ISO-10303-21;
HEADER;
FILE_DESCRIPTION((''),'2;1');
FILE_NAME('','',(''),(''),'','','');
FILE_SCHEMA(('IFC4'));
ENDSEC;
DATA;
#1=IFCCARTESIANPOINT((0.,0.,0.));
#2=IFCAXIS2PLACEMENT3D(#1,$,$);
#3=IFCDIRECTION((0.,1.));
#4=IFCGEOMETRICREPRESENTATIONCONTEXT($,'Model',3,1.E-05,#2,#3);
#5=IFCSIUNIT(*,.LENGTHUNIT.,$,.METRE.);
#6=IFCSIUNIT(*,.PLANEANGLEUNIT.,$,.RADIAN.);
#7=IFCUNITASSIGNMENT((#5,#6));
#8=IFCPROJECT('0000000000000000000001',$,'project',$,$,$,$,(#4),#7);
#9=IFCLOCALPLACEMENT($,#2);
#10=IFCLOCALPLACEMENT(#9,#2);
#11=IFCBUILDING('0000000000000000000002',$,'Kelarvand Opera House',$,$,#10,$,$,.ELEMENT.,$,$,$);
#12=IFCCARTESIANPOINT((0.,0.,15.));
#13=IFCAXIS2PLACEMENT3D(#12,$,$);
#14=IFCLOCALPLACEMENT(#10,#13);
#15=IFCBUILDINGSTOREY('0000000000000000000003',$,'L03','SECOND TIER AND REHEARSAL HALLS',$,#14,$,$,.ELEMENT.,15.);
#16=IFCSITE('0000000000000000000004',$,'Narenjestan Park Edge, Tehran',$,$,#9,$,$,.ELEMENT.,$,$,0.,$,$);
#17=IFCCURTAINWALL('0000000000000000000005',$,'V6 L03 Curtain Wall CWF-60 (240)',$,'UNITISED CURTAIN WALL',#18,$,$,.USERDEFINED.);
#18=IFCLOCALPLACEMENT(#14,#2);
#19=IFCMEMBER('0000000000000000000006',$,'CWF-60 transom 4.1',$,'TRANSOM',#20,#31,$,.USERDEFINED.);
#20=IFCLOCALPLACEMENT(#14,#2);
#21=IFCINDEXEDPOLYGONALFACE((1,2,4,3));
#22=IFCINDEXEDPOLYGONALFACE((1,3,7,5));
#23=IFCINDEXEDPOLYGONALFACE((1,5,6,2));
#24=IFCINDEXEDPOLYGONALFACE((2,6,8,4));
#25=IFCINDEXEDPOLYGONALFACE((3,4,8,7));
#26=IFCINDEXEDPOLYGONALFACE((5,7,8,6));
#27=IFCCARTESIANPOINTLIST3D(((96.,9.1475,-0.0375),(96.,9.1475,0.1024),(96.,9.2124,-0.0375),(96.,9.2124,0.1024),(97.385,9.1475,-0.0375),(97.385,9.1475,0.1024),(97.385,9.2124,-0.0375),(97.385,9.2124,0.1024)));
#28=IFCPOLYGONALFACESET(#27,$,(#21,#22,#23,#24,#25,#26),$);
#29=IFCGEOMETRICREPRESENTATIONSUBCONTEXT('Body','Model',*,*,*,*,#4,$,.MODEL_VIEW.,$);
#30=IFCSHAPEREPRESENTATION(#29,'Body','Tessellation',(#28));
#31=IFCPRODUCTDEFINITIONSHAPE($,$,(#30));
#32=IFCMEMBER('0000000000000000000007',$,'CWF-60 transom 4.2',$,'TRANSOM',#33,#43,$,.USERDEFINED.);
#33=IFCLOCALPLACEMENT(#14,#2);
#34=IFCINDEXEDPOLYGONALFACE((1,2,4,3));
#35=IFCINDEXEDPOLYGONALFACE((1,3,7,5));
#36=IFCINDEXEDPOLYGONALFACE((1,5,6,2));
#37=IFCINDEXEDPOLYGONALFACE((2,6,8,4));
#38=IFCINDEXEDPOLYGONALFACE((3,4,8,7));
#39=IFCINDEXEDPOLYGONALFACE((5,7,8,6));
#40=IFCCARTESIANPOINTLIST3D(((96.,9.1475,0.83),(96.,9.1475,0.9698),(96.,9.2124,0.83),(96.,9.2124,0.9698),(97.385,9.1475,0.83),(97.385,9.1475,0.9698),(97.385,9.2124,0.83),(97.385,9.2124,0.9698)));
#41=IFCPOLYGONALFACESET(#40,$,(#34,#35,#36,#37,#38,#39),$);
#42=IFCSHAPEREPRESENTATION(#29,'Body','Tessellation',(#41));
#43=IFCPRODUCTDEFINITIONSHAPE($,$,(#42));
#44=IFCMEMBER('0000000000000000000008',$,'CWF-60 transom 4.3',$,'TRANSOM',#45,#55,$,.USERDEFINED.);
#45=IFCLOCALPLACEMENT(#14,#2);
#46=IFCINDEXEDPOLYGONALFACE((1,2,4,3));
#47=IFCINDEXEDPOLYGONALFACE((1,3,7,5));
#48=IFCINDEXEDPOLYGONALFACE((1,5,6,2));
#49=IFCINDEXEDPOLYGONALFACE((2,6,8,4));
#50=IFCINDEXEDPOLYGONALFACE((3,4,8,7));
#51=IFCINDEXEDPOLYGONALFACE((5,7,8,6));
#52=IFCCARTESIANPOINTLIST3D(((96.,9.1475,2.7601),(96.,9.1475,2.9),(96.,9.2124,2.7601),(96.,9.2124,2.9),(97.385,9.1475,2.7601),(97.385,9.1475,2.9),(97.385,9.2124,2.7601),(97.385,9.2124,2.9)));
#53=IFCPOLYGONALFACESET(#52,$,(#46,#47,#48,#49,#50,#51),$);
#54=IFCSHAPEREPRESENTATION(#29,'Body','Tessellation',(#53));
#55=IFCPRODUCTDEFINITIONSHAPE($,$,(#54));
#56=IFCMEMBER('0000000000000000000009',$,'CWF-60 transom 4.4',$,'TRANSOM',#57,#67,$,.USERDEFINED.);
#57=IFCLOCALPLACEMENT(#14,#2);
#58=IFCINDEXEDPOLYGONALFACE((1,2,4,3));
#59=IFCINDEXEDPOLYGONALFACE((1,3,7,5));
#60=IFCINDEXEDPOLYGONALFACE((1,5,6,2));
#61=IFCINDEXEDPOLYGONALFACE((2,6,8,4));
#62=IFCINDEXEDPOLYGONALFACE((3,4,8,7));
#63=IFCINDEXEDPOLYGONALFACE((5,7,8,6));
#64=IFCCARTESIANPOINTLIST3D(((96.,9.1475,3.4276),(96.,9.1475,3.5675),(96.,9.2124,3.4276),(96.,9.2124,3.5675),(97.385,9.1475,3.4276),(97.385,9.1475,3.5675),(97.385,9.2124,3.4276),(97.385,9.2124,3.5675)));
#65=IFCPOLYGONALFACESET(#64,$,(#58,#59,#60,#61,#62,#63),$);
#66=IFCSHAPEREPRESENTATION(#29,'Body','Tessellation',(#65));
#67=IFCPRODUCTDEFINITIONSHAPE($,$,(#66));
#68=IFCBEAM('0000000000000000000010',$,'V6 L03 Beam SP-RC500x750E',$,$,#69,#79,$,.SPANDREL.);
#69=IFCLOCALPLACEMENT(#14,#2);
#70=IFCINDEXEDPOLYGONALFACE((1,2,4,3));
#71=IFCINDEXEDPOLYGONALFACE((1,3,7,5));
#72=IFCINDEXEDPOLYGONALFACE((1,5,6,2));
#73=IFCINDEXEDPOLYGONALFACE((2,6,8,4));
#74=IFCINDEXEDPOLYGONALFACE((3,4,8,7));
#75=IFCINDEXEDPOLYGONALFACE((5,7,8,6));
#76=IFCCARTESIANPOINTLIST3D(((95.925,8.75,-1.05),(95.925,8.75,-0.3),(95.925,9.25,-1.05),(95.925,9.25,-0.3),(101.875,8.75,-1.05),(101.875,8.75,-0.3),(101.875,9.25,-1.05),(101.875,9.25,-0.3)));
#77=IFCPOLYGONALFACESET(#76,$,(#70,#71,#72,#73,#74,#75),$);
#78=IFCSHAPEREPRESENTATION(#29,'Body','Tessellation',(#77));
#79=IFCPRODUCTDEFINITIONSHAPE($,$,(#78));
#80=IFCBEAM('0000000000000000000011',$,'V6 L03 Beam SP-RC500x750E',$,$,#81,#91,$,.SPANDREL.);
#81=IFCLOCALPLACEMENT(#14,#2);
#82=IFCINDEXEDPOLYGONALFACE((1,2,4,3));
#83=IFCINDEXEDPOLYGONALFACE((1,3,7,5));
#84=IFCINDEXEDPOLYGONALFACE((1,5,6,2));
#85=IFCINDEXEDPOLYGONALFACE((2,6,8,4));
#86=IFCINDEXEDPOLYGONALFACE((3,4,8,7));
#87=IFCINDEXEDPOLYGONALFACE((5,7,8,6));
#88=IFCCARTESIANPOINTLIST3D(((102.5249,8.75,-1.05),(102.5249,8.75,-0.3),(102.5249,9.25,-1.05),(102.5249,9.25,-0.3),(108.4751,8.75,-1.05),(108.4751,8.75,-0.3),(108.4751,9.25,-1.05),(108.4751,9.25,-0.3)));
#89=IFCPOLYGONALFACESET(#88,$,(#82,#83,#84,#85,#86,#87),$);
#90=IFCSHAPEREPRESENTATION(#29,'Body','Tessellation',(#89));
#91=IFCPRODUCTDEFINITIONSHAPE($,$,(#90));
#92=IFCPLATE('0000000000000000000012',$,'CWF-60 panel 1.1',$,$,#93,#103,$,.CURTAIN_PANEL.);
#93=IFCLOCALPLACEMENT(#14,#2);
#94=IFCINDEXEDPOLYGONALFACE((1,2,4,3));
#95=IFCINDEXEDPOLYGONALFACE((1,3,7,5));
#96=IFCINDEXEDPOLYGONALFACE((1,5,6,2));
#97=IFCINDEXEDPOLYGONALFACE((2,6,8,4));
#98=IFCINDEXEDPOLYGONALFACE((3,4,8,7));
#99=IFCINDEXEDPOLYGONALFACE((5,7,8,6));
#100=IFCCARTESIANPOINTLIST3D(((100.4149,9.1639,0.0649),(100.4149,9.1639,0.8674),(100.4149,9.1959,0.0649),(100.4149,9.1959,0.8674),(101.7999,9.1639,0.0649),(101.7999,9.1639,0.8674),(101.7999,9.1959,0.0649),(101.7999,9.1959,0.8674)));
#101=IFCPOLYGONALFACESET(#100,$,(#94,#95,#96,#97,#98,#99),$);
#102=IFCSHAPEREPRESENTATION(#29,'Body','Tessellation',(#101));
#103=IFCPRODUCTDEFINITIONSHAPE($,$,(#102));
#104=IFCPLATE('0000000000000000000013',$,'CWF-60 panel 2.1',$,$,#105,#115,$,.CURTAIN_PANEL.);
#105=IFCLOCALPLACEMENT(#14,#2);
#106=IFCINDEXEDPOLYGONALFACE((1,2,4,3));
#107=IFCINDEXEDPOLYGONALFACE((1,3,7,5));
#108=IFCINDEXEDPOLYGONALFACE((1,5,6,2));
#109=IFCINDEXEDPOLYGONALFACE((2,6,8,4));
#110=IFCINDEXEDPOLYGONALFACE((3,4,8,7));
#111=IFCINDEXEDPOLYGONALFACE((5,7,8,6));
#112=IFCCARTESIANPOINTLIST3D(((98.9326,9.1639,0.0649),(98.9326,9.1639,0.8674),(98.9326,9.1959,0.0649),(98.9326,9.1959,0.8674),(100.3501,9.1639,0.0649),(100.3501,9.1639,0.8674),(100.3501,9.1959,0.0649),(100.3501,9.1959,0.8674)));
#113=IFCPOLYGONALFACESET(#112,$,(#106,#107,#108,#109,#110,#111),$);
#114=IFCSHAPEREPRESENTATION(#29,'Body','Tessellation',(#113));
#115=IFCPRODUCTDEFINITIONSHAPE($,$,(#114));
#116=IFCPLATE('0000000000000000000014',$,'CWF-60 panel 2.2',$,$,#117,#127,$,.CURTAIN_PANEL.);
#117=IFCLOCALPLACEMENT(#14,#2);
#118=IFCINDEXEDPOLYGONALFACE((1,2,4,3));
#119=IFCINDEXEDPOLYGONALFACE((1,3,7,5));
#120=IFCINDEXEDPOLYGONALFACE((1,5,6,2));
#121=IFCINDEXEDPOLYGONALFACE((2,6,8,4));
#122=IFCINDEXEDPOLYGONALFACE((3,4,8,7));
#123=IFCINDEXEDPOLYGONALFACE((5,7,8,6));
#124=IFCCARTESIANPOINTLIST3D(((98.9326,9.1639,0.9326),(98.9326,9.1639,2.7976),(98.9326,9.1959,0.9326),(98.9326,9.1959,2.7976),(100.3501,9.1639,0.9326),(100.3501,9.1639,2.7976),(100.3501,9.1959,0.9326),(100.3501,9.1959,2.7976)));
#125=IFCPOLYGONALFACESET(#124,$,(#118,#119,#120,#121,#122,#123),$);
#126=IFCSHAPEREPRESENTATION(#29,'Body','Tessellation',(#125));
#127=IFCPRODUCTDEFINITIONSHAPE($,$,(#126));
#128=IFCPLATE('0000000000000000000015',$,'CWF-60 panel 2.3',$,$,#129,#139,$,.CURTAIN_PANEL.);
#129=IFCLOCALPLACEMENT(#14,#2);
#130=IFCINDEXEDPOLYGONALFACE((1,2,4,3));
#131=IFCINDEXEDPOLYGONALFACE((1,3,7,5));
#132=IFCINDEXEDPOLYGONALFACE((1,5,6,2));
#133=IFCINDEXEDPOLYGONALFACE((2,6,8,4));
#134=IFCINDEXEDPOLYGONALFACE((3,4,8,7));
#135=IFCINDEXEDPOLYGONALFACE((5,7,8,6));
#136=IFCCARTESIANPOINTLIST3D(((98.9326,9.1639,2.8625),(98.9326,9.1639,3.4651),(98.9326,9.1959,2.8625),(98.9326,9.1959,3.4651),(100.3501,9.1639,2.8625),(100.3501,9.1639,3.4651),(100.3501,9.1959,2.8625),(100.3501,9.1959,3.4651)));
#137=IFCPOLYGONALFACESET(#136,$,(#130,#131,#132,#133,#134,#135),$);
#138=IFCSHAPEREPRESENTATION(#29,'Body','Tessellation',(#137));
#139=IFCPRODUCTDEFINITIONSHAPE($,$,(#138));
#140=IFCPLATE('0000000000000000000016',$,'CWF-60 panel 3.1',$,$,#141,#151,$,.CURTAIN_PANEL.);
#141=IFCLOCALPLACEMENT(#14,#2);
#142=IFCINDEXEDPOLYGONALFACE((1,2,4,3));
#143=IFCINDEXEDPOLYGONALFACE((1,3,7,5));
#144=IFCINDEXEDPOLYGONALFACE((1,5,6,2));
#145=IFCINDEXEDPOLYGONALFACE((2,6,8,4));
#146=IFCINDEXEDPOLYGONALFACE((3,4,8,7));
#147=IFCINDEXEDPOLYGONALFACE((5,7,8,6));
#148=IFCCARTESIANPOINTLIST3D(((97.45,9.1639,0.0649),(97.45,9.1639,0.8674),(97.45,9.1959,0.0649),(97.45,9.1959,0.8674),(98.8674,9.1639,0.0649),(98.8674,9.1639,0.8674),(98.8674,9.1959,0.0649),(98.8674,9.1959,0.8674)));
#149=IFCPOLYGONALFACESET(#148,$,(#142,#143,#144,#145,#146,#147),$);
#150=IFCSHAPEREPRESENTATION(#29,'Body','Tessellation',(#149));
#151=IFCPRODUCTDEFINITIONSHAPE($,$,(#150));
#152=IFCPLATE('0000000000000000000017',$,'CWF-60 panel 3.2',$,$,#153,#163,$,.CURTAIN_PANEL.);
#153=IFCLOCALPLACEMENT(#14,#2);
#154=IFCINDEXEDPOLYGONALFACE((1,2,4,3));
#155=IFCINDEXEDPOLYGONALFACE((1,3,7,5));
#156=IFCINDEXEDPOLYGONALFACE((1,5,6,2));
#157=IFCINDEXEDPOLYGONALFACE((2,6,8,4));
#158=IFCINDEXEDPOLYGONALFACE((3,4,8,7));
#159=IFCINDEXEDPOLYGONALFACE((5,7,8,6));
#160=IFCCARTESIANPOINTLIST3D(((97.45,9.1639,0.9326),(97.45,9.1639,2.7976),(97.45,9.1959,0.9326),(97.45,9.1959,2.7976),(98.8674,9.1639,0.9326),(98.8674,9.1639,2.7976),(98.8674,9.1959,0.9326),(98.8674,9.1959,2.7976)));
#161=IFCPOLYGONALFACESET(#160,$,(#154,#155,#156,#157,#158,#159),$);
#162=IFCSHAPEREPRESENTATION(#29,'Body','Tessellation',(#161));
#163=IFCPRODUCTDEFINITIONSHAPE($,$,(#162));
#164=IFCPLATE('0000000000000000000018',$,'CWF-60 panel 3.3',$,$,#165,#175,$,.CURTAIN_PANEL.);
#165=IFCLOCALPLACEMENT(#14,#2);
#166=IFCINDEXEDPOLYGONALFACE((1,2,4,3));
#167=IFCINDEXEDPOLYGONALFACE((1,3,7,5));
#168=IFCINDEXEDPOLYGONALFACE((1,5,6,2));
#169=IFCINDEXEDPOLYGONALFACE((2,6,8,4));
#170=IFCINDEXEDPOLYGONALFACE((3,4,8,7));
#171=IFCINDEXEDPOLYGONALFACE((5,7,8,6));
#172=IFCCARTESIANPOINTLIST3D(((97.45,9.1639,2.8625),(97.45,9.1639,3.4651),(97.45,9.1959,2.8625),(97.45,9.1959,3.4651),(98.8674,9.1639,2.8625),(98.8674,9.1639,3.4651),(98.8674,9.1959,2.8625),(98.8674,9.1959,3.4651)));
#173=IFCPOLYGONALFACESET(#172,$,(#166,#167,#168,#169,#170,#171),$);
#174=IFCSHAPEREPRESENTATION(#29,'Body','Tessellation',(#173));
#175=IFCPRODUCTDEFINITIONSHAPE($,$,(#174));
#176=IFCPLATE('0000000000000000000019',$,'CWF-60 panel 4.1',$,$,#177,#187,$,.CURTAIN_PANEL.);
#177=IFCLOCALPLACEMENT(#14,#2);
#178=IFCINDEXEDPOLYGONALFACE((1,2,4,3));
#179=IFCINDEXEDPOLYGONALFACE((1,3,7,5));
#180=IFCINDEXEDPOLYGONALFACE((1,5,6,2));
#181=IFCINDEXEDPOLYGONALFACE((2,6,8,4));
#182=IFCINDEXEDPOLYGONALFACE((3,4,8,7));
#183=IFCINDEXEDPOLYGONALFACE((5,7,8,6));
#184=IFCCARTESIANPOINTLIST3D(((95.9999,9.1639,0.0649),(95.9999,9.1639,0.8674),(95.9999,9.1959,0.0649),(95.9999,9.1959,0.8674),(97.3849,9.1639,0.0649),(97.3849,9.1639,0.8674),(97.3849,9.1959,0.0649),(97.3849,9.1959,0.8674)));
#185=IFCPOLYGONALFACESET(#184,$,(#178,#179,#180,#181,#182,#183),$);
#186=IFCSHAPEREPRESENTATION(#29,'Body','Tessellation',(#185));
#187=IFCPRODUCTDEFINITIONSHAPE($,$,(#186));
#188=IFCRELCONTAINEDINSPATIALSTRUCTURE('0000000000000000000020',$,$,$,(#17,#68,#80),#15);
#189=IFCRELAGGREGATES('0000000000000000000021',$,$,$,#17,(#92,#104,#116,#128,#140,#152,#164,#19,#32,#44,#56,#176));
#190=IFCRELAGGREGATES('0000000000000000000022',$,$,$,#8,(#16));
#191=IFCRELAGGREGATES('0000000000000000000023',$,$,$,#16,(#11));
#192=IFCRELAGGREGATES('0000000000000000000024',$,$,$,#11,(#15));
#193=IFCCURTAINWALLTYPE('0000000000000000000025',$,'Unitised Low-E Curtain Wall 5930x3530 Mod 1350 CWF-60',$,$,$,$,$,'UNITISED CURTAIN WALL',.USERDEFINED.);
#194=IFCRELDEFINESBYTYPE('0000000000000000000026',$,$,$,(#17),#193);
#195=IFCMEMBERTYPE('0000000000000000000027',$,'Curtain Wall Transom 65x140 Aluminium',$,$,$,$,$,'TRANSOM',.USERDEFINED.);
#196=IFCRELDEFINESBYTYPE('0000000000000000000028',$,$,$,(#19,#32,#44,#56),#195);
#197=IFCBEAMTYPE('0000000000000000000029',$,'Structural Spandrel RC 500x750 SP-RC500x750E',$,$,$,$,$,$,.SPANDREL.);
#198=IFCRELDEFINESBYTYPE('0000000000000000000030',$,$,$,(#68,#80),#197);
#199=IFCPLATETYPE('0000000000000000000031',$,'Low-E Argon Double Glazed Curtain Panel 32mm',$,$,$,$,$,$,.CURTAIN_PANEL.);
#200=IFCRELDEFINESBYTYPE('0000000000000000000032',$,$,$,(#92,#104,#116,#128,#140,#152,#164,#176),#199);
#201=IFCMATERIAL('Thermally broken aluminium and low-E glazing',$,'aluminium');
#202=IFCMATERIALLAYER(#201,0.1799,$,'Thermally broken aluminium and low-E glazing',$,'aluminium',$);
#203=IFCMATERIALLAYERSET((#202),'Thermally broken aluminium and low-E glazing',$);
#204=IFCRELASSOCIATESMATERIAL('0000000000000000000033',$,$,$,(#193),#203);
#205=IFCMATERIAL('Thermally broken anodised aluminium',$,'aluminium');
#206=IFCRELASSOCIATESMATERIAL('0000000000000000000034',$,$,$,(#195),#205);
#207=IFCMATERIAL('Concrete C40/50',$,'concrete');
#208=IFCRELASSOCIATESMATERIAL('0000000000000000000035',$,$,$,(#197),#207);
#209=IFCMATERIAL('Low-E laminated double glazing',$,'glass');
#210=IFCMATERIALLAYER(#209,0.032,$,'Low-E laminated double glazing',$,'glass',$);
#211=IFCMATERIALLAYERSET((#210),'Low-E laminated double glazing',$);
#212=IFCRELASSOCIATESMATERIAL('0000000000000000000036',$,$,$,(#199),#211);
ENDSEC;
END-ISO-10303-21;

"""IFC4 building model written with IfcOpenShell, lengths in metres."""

from ifc_helpers import new_model, si_unit, direction, frame, origin, origin_2d, place, context, subcontext, project, spatial, rectangle, extrude, material, layer, layer_set, material_profile, profile_set, type_object, element, aggregate, save


model = new_model("IFC4")

# Units and contexts
model_context = context("Model", 3, precision=1e-05, world=origin(), true_north=direction((0.0, 1.0)))
body_context = subcontext(model_context, "Body", "Model", "MODEL_VIEW")
ifc_project = project(units=[si_unit("LENGTHUNIT", "METRE"), si_unit("PLANEANGLEUNIT", "RADIAN")], contexts=[model_context])

# Site, building, storey
site_placement = place(None, origin())
site = spatial("IfcSite", under=ifc_project, at=site_placement, Name="Narenjestan Park Edge, Tehran", CompositionType="ELEMENT", RefElevation=0.0)
building_placement = place(site_placement, origin())
building = spatial("IfcBuilding", under=site, at=building_placement, Name="Kelarvand Opera House", CompositionType="ELEMENT")
storey_placement = place(building_placement, frame((0.0, 0.0, 15.0)))
storey = spatial("IfcBuildingStorey", under=building, at=storey_placement, Name="L03", Description="SECOND TIER AND REHEARSAL HALLS", CompositionType="ELEMENT", Elevation=15.0)

# Shared definitions
ifc_material_1 = material(Name="Concrete C40/50", Category="concrete")

# Curtain wall, members
ifc_material_2 = material(Name="Thermally broken aluminium and low-E glazing", Category="aluminium")
ifc_layer_1 = layer(ifc_material_2, 0.1799, Name="Thermally broken aluminium and low-E glazing", Category="aluminium")
ifc_layer_set_1 = layer_set([ifc_layer_1], Name="Thermally broken aluminium and low-E glazing")
curtain_wall_type = type_object("IfcCurtainWallType", Name="Unitised Low-E Curtain Wall 5930x3530 Mod 1350 CWF-60", ElementType="UNITISED CURTAIN WALL", PredefinedType="USERDEFINED", material=ifc_layer_set_1)
curtain_wall_placement = place(storey_placement, origin())
curtain_wall = element("IfcCurtainWall", 1, at=curtain_wall_placement, inside=storey, type_object=curtain_wall_type, Name="V6 L03 Curtain Wall CWF-60 (240)", ObjectType="UNITISED CURTAIN WALL", PredefinedType="USERDEFINED")
ifc_material_3 = material(Name="Thermally broken anodised aluminium", Category="aluminium")
ifc_material_profile_1 = material_profile(ifc_material_3, rectangle(XDim=0.0649, YDim=0.1399, at=origin_2d()), Name="ALU TRANSOM 65x140", Category="aluminium")
ifc_profile_set_1 = profile_set([ifc_material_profile_1], Name="Thermally broken anodised aluminium")
member_type_1 = type_object("IfcMemberType", Name="Curtain Wall Transom 65x140 Aluminium", ElementType="TRANSOM", PredefinedType="USERDEFINED", material=ifc_profile_set_1)
member_1_placement = place(storey_placement, frame((97.385, 9.1799, 0.0325), z_axis=(-1.0, 0.0, 0.0), x_axis=(0.0, -1.0, 0.0)))
member_1 = element("IfcMember", 2, at=member_1_placement, type_object=member_type_1, Name="CWF-60 transom 4.1", ObjectType="TRANSOM", PredefinedType="USERDEFINED", context=body_context, shape_type="SweptSolid", body=[
    extrude(rectangle(XDim=0.0649, YDim=0.1399, at=origin_2d()), origin(), (0.0, 0.0, 1.0), 1.385),
])
member_2_placement = place(storey_placement, frame((97.385, 9.1799, 0.8999), z_axis=(-1.0, 0.0, 0.0), x_axis=(0.0, -1.0, 0.0)))
member_2 = element("IfcMember", 3, at=member_2_placement, type_object=member_type_1, Name="CWF-60 transom 4.2", ObjectType="TRANSOM", PredefinedType="USERDEFINED", context=body_context, shape_type="SweptSolid", body=[
    extrude(rectangle(XDim=0.0649, YDim=0.1399, at=origin_2d()), origin(), (0.0, 0.0, 1.0), 1.385),
])
member_3_placement = place(storey_placement, frame((97.385, 9.1799, 2.8301), z_axis=(-1.0, 0.0, 0.0), x_axis=(0.0, -1.0, 0.0)))
member_3 = element("IfcMember", 4, at=member_3_placement, type_object=member_type_1, Name="CWF-60 transom 4.3", ObjectType="TRANSOM", PredefinedType="USERDEFINED", context=body_context, shape_type="SweptSolid", body=[
    extrude(rectangle(XDim=0.0649, YDim=0.1399, at=origin_2d()), origin(), (0.0, 0.0, 1.0), 1.385),
])
member_4_placement = place(storey_placement, frame((97.385, 9.1799, 3.4976), z_axis=(-1.0, 0.0, 0.0), x_axis=(0.0, -1.0, 0.0)))
member_4 = element("IfcMember", 5, at=member_4_placement, type_object=member_type_1, Name="CWF-60 transom 4.4", ObjectType="TRANSOM", PredefinedType="USERDEFINED", context=body_context, shape_type="SweptSolid", body=[
    extrude(rectangle(XDim=0.0649, YDim=0.1399, at=origin_2d()), origin(), (0.0, 0.0, 1.0), 1.385),
])

# Beams
ifc_material_profile_2 = material_profile(ifc_material_1, rectangle(XDim=0.5, YDim=0.75, at=origin_2d()), Name="RC 500x750", Category="concrete")
ifc_profile_set_2 = profile_set([ifc_material_profile_2], Name="Concrete C40/50")
beam_type = type_object("IfcBeamType", Name="Structural Spandrel RC 500x750 SP-RC500x750E", PredefinedType="SPANDREL", material=ifc_profile_set_2)
beam_1_placement = place(storey_placement, frame((95.925, 9.0, -0.675), z_axis=(1.0, 0.0, 0.0), x_axis=(0.0, 1.0, 0.0)))
element("IfcBeam", 6, at=beam_1_placement, inside=storey, type_object=beam_type, Name="V6 L03 Beam SP-RC500x750E", PredefinedType="SPANDREL", context=body_context, shape_type="SweptSolid", body=[
    extrude(rectangle(XDim=0.5, YDim=0.75, at=origin_2d()), origin(), (0.0, 0.0, 1.0), 5.95),
])
beam_2_placement = place(storey_placement, frame((102.5249, 9.0, -0.675), z_axis=(1.0, 0.0, 0.0), x_axis=(0.0, 1.0, 0.0)))
element("IfcBeam", 7, at=beam_2_placement, inside=storey, type_object=beam_type, Name="V6 L03 Beam SP-RC500x750E", PredefinedType="SPANDREL", context=body_context, shape_type="SweptSolid", body=[
    extrude(rectangle(XDim=0.5, YDim=0.75, at=origin_2d()), origin(), (0.0, 0.0, 1.0), 5.9502),
])

# Plates
ifc_material_4 = material(Name="Low-E laminated double glazing", Category="glass")
ifc_layer_2 = layer(ifc_material_4, 0.032, Name="Low-E laminated double glazing", Category="glass")
ifc_layer_set_2 = layer_set([ifc_layer_2], Name="Low-E laminated double glazing")
plate_type = type_object("IfcPlateType", Name="Low-E Argon Double Glazed Curtain Panel 32mm", PredefinedType="CURTAIN_PANEL", material=ifc_layer_set_2)
plate_1_placement = place(storey_placement, frame((101.1074, 9.1799, 0.0649), z_axis=(0.0, 0.0, 1.0), x_axis=(-1.0, 0.0, 0.0)))
plate_1 = element("IfcPlate", 8, at=plate_1_placement, type_object=plate_type, Name="CWF-60 panel 1.1", PredefinedType="CURTAIN_PANEL", context=body_context, shape_type="SweptSolid", body=[
    extrude(rectangle(XDim=1.385, YDim=0.032, at=origin_2d()), origin(), (0.0, 0.0, 1.0), 0.8025),
])
plate_2_placement = place(storey_placement, frame((99.6414, 9.1799, 0.0649), z_axis=(0.0, 0.0, 1.0), x_axis=(-1.0, 0.0, 0.0)))
plate_2 = element("IfcPlate", 9, at=plate_2_placement, type_object=plate_type, Name="CWF-60 panel 2.1", PredefinedType="CURTAIN_PANEL", context=body_context, shape_type="SweptSolid", body=[
    extrude(rectangle(XDim=1.4175, YDim=0.032, at=origin_2d()), origin(), (0.0, 0.0, 1.0), 0.8025),
])
plate_3_placement = place(storey_placement, frame((99.6414, 9.1799, 0.9326), z_axis=(0.0, 0.0, 1.0), x_axis=(-1.0, 0.0, 0.0)))
plate_3 = element("IfcPlate", 10, at=plate_3_placement, type_object=plate_type, Name="CWF-60 panel 2.2", PredefinedType="CURTAIN_PANEL", context=body_context, shape_type="SweptSolid", body=[
    extrude(rectangle(XDim=1.4175, YDim=0.032, at=origin_2d()), origin(), (0.0, 0.0, 1.0), 1.865),
])
plate_4_placement = place(storey_placement, frame((99.6414, 9.1799, 2.8625), z_axis=(0.0, 0.0, 1.0), x_axis=(-1.0, 0.0, 0.0)))
plate_4 = element("IfcPlate", 11, at=plate_4_placement, type_object=plate_type, Name="CWF-60 panel 2.3", PredefinedType="CURTAIN_PANEL", context=body_context, shape_type="SweptSolid", body=[
    extrude(rectangle(XDim=1.4175, YDim=0.032, at=origin_2d()), origin(), (0.0, 0.0, 1.0), 0.6025),
])
plate_5_placement = place(storey_placement, frame((98.1587, 9.1799, 0.0649), z_axis=(0.0, 0.0, 1.0), x_axis=(-1.0, 0.0, 0.0)))
plate_5 = element("IfcPlate", 12, at=plate_5_placement, type_object=plate_type, Name="CWF-60 panel 3.1", PredefinedType="CURTAIN_PANEL", context=body_context, shape_type="SweptSolid", body=[
    extrude(rectangle(XDim=1.4175, YDim=0.032, at=origin_2d()), origin(), (0.0, 0.0, 1.0), 0.8025),
])
plate_6_placement = place(storey_placement, frame((98.1587, 9.1799, 0.9326), z_axis=(0.0, 0.0, 1.0), x_axis=(-1.0, 0.0, 0.0)))
plate_6 = element("IfcPlate", 13, at=plate_6_placement, type_object=plate_type, Name="CWF-60 panel 3.2", PredefinedType="CURTAIN_PANEL", context=body_context, shape_type="SweptSolid", body=[
    extrude(rectangle(XDim=1.4175, YDim=0.032, at=origin_2d()), origin(), (0.0, 0.0, 1.0), 1.865),
])
plate_7_placement = place(storey_placement, frame((98.1587, 9.1799, 2.8625), z_axis=(0.0, 0.0, 1.0), x_axis=(-1.0, 0.0, 0.0)))
plate_7 = element("IfcPlate", 14, at=plate_7_placement, type_object=plate_type, Name="CWF-60 panel 3.3", PredefinedType="CURTAIN_PANEL", context=body_context, shape_type="SweptSolid", body=[
    extrude(rectangle(XDim=1.4175, YDim=0.032, at=origin_2d()), origin(), (0.0, 0.0, 1.0), 0.6025),
])
plate_8_placement = place(storey_placement, frame((96.6924, 9.1799, 0.0649), z_axis=(0.0, 0.0, 1.0), x_axis=(-1.0, 0.0, 0.0)))
plate_8 = element("IfcPlate", 15, at=plate_8_placement, type_object=plate_type, Name="CWF-60 panel 4.1", PredefinedType="CURTAIN_PANEL", context=body_context, shape_type="SweptSolid", body=[
    extrude(rectangle(XDim=1.385, YDim=0.032, at=origin_2d()), origin(), (0.0, 0.0, 1.0), 0.8025),
])
aggregate(curtain_wall, [plate_1, plate_2, plate_3, plate_4, plate_5, plate_6, plate_7, member_1, member_2, member_3, member_4, plate_8])

save(model, "model.ifc")
